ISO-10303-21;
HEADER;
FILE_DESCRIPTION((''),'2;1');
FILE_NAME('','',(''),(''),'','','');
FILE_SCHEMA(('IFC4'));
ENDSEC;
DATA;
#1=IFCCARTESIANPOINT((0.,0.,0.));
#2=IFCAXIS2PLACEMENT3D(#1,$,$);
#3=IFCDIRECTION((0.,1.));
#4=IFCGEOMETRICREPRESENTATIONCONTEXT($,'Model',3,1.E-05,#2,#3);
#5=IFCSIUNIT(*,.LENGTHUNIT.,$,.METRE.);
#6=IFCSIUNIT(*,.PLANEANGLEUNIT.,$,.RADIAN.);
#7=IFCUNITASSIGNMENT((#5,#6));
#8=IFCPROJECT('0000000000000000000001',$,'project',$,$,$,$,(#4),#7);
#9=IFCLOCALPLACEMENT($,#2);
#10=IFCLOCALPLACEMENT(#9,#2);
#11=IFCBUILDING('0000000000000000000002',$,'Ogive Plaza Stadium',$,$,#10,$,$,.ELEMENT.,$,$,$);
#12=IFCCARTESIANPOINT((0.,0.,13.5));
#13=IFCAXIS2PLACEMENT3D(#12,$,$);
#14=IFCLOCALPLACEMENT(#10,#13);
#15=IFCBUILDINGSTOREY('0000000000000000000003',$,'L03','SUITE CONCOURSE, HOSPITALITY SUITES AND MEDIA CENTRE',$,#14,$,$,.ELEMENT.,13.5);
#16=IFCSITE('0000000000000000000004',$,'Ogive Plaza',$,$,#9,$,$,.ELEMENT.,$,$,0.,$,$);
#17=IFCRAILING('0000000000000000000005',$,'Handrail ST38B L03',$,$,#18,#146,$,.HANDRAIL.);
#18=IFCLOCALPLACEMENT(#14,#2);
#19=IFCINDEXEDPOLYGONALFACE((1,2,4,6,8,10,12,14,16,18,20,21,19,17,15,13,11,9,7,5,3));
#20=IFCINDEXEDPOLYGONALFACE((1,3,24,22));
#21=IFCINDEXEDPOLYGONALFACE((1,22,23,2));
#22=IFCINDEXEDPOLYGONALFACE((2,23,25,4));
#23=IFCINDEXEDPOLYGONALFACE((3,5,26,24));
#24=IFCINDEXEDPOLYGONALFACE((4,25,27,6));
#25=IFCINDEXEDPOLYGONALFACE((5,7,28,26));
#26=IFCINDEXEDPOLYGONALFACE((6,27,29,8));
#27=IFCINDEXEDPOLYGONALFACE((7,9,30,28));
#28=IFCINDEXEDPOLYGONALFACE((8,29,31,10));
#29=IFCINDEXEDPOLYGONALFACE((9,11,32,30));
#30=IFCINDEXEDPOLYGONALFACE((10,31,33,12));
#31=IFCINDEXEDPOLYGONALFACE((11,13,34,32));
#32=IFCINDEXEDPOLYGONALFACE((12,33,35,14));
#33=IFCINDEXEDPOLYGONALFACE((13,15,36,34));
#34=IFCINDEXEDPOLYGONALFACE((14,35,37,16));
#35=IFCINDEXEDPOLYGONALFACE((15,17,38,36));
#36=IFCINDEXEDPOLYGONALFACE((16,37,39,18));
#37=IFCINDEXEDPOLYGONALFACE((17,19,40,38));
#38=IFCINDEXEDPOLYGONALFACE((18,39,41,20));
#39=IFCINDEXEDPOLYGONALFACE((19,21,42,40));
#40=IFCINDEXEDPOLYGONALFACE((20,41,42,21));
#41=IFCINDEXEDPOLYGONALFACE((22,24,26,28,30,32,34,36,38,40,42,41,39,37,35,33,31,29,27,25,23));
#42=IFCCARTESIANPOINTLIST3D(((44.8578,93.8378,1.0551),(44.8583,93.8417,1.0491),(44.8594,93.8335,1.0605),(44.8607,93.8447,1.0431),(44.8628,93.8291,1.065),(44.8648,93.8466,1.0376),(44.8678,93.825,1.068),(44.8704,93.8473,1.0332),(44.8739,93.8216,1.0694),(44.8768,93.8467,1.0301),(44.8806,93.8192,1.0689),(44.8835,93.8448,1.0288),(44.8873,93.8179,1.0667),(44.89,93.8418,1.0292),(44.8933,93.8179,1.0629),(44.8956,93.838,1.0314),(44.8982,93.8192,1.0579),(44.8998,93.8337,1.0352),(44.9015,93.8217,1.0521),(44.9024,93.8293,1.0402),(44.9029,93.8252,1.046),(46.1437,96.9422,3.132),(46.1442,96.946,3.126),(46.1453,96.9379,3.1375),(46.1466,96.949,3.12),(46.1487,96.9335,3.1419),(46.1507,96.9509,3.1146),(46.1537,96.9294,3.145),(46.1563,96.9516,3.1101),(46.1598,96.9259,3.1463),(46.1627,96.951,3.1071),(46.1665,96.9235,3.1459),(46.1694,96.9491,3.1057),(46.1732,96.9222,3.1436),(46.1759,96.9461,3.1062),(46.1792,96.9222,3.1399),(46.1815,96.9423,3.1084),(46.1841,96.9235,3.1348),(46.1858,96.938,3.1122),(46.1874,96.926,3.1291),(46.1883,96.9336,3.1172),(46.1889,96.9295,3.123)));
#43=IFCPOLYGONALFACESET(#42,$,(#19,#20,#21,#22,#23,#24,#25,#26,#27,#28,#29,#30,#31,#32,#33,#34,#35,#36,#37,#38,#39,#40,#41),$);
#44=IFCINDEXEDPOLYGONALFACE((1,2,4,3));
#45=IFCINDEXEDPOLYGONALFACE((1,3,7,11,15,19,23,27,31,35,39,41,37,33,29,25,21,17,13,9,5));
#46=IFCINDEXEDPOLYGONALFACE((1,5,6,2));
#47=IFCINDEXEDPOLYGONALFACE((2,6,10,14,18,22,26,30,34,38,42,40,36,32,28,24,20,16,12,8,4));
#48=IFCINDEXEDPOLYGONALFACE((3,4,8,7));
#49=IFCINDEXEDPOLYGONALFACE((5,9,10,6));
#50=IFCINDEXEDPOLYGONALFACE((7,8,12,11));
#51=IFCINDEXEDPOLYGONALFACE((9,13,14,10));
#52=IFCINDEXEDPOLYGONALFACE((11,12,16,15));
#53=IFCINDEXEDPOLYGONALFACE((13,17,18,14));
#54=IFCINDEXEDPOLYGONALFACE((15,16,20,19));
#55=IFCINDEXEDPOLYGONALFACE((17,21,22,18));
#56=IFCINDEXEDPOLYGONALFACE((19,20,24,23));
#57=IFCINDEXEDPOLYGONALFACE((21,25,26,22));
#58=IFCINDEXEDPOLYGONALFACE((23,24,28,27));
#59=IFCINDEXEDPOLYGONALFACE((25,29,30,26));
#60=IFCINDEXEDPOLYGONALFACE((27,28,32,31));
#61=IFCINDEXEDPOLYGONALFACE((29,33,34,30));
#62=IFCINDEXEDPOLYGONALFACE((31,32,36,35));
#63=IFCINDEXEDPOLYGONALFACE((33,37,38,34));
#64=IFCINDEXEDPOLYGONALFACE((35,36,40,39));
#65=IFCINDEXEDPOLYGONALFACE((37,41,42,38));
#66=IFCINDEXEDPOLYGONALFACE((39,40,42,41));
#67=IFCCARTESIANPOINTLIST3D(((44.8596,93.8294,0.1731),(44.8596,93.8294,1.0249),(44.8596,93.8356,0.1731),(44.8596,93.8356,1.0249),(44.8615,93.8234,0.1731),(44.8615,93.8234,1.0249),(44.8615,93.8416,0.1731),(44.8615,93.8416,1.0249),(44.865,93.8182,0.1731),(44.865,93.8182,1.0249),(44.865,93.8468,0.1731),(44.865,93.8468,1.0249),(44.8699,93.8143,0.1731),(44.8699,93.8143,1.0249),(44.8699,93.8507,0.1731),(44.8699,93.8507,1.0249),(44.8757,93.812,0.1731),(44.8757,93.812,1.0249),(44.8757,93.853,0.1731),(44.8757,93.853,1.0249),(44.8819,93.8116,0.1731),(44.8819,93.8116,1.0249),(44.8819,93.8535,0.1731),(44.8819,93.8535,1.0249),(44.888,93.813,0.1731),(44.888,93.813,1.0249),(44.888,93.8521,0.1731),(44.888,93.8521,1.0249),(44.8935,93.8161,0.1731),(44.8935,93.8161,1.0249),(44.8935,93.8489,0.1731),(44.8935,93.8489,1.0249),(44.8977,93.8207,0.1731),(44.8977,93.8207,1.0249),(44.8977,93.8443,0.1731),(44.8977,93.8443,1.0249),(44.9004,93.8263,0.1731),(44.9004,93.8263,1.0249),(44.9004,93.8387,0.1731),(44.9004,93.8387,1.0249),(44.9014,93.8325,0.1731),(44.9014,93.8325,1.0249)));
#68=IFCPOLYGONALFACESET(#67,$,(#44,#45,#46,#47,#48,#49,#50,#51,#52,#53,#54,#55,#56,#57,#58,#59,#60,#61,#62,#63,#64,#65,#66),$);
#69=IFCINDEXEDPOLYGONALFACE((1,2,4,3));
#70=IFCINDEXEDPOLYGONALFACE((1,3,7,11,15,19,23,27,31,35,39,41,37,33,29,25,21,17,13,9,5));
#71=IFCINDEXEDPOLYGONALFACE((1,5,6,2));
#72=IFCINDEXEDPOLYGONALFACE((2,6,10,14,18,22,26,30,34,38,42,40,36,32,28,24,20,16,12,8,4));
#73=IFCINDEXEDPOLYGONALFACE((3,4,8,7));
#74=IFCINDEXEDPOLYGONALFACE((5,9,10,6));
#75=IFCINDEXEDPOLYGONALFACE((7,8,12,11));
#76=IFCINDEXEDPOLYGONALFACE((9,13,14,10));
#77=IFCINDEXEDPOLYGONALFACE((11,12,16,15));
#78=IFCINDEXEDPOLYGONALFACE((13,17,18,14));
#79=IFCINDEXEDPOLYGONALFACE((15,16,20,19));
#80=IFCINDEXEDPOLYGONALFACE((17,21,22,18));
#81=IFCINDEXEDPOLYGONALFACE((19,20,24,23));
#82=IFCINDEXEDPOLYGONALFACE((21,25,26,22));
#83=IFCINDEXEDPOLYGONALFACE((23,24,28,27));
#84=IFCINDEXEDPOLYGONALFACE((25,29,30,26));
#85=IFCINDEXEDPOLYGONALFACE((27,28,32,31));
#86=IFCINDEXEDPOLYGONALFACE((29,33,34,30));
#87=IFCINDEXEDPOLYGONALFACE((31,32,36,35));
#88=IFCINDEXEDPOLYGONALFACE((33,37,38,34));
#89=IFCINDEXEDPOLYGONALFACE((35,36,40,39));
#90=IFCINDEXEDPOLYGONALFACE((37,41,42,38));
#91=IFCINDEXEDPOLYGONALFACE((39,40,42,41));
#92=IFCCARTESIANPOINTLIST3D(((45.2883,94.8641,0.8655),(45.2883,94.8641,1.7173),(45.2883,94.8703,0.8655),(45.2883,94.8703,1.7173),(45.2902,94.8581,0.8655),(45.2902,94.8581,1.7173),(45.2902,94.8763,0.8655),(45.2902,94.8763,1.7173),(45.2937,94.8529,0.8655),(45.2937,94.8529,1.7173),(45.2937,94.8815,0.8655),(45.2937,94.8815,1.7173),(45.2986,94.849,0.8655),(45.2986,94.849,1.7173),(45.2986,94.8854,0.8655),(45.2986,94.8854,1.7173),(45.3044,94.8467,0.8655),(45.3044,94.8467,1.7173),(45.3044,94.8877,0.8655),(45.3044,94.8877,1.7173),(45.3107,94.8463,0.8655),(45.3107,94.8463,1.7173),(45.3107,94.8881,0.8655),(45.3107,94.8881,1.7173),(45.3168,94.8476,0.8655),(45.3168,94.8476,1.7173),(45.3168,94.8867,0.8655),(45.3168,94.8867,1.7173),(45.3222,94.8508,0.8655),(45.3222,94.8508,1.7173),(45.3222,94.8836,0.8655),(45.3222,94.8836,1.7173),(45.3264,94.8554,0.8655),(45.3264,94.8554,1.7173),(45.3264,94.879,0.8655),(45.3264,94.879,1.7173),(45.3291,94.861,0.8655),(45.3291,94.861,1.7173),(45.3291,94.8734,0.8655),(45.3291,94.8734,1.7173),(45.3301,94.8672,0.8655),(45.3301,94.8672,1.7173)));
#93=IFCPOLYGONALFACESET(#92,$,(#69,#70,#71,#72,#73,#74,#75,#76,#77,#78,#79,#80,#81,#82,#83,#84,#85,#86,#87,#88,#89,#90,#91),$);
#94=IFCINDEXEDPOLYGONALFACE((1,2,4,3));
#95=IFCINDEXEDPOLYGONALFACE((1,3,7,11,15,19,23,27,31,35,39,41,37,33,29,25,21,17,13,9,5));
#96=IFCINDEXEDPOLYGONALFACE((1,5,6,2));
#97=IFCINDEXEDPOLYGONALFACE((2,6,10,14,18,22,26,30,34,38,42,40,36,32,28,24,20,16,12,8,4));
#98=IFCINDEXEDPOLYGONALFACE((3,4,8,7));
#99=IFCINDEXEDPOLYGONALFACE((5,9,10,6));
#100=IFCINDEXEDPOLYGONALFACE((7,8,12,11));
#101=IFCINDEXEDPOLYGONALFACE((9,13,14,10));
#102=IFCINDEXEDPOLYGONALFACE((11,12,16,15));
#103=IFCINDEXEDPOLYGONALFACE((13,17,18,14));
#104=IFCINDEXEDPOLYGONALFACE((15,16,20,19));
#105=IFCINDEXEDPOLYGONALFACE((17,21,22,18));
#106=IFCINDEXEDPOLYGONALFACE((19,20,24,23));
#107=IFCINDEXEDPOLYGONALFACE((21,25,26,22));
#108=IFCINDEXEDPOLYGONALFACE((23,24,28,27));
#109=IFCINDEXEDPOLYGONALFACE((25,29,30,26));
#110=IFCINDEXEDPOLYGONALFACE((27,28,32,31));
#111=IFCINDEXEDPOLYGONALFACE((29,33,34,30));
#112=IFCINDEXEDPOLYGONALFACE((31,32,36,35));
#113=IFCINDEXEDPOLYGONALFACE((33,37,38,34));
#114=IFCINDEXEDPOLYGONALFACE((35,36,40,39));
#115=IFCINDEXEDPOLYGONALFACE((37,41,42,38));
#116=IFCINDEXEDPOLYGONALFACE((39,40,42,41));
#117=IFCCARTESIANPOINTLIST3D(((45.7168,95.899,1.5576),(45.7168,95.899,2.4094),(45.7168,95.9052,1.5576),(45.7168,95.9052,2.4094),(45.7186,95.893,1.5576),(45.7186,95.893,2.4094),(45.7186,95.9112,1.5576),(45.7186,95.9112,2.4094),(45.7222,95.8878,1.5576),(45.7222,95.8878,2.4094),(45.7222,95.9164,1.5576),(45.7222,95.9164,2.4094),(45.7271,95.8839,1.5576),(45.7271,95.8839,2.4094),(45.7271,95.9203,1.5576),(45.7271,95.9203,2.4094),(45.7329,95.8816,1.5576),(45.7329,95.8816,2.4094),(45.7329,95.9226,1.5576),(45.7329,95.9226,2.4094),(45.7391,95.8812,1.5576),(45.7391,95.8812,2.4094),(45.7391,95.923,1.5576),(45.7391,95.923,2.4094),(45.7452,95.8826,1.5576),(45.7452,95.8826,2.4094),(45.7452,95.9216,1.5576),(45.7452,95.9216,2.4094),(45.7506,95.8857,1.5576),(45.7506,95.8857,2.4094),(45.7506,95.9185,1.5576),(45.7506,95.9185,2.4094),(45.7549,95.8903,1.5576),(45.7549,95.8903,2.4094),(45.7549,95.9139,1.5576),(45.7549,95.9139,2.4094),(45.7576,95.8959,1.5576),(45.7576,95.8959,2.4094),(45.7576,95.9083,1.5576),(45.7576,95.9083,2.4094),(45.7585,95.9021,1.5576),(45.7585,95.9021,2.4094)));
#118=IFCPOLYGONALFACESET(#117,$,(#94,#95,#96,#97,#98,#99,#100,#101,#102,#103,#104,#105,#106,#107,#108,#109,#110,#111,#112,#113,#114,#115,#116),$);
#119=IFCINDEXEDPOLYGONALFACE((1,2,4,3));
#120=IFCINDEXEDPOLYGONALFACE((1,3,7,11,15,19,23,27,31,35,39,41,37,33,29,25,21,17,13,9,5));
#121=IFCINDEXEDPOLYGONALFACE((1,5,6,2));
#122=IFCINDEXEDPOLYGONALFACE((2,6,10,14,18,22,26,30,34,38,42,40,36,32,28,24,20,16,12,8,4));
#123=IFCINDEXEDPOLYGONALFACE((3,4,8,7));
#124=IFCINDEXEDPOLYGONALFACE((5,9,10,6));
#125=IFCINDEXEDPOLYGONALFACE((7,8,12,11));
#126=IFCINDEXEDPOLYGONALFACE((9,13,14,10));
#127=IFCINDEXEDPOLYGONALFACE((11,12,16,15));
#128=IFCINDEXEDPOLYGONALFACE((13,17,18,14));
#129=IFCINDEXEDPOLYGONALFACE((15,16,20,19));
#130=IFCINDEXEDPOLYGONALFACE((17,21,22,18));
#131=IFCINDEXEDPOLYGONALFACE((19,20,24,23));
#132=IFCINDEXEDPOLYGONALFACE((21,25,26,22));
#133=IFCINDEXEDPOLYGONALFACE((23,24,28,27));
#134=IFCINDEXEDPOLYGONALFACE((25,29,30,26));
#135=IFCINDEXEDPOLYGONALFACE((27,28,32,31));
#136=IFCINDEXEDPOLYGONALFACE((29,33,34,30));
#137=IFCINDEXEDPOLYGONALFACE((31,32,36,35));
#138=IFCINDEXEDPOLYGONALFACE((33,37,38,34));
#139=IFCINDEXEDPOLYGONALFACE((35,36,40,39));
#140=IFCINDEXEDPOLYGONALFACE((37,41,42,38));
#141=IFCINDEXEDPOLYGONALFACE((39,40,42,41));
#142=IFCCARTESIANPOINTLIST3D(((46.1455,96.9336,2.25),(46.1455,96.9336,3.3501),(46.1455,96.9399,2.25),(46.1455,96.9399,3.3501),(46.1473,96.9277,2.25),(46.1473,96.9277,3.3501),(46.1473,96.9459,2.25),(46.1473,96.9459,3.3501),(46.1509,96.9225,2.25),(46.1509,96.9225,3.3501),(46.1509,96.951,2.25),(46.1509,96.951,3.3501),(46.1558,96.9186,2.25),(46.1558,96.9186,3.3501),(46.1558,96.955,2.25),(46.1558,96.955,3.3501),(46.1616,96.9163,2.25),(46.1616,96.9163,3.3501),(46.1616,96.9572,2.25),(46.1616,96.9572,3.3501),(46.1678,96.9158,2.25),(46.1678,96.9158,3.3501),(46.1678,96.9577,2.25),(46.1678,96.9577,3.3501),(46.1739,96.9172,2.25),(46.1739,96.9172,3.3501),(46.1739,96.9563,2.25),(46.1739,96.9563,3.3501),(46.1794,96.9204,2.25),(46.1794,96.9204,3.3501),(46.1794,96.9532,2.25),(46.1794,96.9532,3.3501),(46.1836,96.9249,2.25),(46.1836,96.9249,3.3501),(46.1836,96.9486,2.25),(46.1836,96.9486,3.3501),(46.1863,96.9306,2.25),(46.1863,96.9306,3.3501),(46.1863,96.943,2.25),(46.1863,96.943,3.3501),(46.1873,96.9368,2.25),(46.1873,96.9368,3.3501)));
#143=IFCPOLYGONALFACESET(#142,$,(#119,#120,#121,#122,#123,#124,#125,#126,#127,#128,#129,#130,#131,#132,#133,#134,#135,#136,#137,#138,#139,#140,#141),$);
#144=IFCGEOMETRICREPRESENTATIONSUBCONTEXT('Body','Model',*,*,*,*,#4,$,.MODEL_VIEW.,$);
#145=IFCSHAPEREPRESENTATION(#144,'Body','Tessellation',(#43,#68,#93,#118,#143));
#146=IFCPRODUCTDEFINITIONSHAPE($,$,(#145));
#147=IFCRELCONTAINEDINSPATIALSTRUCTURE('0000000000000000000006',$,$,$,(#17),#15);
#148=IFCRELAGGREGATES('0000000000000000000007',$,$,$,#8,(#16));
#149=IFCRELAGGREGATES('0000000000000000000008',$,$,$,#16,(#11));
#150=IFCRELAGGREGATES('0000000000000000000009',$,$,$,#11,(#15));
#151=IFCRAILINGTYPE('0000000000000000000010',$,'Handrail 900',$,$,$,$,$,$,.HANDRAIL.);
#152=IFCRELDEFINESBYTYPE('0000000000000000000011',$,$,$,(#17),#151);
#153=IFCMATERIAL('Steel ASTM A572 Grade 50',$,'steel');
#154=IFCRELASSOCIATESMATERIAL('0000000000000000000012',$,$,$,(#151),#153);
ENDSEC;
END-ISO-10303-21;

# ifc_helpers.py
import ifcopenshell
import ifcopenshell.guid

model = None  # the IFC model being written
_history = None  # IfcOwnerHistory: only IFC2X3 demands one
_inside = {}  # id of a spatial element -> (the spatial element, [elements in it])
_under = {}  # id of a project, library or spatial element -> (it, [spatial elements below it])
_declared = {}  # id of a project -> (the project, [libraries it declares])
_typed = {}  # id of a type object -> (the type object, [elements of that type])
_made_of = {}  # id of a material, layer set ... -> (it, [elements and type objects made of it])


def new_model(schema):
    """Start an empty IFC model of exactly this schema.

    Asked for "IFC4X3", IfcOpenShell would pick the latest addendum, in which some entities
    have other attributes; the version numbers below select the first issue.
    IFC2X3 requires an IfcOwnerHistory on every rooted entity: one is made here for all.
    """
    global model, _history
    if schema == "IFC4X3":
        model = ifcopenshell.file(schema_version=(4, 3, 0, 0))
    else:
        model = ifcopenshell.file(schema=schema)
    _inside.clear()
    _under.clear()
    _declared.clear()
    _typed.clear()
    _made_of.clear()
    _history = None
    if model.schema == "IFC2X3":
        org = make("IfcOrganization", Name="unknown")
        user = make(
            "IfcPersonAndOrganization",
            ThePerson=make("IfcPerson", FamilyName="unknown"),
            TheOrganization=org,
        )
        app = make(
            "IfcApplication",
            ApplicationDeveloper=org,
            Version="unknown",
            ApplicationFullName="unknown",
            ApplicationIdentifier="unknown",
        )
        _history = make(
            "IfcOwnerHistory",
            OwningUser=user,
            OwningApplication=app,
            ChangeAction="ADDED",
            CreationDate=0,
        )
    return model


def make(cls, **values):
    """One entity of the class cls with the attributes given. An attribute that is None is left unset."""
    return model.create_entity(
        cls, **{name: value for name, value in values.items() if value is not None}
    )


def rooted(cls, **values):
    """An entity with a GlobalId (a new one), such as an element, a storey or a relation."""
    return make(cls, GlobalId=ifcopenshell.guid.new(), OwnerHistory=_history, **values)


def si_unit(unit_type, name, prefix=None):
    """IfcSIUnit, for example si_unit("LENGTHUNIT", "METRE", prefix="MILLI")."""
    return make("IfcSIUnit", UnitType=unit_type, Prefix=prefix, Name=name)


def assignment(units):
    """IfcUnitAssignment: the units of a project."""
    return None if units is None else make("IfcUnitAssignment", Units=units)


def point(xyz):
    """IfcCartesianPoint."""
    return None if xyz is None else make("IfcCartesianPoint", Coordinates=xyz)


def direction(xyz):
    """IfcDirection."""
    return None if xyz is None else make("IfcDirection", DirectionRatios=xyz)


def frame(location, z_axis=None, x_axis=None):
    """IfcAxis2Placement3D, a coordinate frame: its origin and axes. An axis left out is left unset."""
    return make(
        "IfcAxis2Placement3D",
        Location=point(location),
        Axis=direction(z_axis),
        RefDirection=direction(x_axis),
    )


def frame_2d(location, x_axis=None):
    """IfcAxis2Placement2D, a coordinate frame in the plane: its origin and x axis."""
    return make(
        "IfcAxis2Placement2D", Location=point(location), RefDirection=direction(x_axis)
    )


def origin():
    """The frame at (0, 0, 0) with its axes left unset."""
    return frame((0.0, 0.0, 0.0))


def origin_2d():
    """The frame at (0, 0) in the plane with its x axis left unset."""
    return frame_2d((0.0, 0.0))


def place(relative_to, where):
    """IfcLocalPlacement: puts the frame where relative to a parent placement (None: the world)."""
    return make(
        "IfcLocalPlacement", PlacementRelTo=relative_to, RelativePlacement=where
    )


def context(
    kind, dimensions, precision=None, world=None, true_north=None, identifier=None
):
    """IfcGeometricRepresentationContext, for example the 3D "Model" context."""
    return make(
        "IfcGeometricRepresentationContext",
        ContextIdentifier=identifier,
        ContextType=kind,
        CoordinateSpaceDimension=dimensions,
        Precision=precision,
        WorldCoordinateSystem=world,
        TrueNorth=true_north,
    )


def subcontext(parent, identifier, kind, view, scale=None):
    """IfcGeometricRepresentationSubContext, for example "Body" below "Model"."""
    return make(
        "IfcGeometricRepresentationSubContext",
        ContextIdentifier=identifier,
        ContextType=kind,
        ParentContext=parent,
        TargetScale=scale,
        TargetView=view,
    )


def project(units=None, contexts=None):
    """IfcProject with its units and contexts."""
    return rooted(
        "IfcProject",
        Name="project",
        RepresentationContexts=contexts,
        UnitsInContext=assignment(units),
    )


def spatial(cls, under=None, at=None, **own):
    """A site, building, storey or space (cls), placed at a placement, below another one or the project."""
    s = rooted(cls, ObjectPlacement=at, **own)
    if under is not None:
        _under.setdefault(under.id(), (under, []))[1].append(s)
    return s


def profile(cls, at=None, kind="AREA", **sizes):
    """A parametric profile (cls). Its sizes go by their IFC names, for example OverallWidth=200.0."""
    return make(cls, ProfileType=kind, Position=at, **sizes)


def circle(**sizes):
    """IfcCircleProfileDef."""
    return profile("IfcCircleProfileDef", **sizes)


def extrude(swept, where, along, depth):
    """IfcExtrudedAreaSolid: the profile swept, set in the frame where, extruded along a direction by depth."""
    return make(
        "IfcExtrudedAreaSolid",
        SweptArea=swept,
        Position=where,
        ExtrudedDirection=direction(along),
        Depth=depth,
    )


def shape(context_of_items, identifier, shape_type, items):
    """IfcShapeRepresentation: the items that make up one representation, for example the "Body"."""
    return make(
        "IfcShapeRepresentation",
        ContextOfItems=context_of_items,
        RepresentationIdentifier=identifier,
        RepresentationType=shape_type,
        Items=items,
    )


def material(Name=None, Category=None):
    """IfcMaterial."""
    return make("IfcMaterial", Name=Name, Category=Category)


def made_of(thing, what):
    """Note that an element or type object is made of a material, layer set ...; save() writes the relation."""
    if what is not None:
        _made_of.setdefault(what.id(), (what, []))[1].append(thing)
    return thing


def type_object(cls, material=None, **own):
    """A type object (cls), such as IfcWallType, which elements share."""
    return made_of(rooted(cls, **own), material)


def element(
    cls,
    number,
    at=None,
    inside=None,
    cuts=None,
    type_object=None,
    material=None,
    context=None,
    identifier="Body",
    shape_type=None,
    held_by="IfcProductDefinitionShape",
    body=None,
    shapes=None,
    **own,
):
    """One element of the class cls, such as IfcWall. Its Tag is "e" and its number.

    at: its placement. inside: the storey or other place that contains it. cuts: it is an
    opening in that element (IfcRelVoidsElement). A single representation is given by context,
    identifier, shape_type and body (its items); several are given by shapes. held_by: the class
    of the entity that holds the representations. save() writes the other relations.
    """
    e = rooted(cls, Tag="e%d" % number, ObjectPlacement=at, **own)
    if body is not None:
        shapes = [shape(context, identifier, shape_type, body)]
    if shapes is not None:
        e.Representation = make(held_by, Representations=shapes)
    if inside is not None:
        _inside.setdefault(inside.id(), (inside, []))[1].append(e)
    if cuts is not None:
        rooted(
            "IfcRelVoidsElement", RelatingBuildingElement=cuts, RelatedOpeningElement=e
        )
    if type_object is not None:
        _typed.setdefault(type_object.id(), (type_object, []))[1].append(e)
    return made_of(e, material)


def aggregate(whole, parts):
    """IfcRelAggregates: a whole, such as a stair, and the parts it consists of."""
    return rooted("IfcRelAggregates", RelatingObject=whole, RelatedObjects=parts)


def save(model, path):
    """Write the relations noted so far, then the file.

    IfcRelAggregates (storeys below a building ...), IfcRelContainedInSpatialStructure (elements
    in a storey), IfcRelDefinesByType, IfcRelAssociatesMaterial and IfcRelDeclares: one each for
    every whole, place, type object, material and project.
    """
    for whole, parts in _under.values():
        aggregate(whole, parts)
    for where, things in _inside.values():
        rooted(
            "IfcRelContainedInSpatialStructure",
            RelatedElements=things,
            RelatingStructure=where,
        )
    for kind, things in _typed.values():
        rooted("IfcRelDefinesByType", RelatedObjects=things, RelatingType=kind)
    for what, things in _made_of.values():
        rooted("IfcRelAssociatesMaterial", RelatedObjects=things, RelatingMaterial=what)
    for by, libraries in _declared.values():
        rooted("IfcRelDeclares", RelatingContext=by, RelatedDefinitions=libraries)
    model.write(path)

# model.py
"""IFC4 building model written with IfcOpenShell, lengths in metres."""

from ifc_helpers import new_model, si_unit, direction, frame, origin, origin_2d, place, context, subcontext, project, spatial, circle, extrude, material, type_object, element, save


model = new_model("IFC4")

# Units and contexts
model_context = context("Model", 3, precision=1e-05, world=origin(), true_north=direction((0.0, 1.0)))
body_context = subcontext(model_context, "Body", "Model", "MODEL_VIEW")
ifc_project = project(units=[si_unit("LENGTHUNIT", "METRE"), si_unit("PLANEANGLEUNIT", "RADIAN")], contexts=[model_context])

# Site, building, storey
site_placement = place(None, origin())
site = spatial("IfcSite", under=ifc_project, at=site_placement, Name="Ogive Plaza", CompositionType="ELEMENT", RefElevation=0.0)
building_placement = place(site_placement, origin())
building = spatial("IfcBuilding", under=site, at=building_placement, Name="Ogive Plaza Stadium", CompositionType="ELEMENT")
storey_placement = place(building_placement, frame((0.0, 0.0, 13.5)))
storey = spatial("IfcBuildingStorey", under=building, at=storey_placement, Name="L03", Description="SUITE CONCOURSE, HOSPITALITY SUITES AND MEDIA CENTRE", CompositionType="ELEMENT", Elevation=13.5)

# Railing
ifc_material_1 = material(Name="Steel ASTM A572 Grade 50", Category="steel")
railing_type_1 = type_object("IfcRailingType", Name="Handrail 900", PredefinedType="HANDRAIL", material=ifc_material_1)
for number, where, name in (
    (1, (44.8804, 93.8325, 0.1731), "Handrail ST38B L03"),
):
    element("IfcRailing", number, at=place(storey_placement, frame(where)), inside=storey, type_object=railing_type_1, Name=name, PredefinedType="HANDRAIL", context=body_context, shape_type="SweptSolid", body=[
        extrude(circle(Radius=0.0239, at=origin_2d()), frame((0.0, 0.0, 0.876), z_axis=(0.325532, 0.785863, 0.525783), x_axis=(-0.923872, 0.3827, 0.0)), (0.0, 0.0, 1.0), 3.9502),
        extrude(circle(Radius=0.021, at=origin_2d()), origin(), (0.0, 0.0, 1.0), 0.8518),
        extrude(circle(Radius=0.021, at=origin_2d()), frame((0.4287, 1.0347, 0.6924)), (0.0, 0.0, 1.0), 0.8518),
        extrude(circle(Radius=0.021, at=origin_2d()), frame((0.8572, 2.0696, 1.3845)), (0.0, 0.0, 1.0), 0.8518),
        extrude(circle(Radius=0.021, at=origin_2d()), frame((1.2859, 3.1042, 2.0769)), (0.0, 0.0, 1.0), 1.1001),
    ])

save(model, "model.ifc")
